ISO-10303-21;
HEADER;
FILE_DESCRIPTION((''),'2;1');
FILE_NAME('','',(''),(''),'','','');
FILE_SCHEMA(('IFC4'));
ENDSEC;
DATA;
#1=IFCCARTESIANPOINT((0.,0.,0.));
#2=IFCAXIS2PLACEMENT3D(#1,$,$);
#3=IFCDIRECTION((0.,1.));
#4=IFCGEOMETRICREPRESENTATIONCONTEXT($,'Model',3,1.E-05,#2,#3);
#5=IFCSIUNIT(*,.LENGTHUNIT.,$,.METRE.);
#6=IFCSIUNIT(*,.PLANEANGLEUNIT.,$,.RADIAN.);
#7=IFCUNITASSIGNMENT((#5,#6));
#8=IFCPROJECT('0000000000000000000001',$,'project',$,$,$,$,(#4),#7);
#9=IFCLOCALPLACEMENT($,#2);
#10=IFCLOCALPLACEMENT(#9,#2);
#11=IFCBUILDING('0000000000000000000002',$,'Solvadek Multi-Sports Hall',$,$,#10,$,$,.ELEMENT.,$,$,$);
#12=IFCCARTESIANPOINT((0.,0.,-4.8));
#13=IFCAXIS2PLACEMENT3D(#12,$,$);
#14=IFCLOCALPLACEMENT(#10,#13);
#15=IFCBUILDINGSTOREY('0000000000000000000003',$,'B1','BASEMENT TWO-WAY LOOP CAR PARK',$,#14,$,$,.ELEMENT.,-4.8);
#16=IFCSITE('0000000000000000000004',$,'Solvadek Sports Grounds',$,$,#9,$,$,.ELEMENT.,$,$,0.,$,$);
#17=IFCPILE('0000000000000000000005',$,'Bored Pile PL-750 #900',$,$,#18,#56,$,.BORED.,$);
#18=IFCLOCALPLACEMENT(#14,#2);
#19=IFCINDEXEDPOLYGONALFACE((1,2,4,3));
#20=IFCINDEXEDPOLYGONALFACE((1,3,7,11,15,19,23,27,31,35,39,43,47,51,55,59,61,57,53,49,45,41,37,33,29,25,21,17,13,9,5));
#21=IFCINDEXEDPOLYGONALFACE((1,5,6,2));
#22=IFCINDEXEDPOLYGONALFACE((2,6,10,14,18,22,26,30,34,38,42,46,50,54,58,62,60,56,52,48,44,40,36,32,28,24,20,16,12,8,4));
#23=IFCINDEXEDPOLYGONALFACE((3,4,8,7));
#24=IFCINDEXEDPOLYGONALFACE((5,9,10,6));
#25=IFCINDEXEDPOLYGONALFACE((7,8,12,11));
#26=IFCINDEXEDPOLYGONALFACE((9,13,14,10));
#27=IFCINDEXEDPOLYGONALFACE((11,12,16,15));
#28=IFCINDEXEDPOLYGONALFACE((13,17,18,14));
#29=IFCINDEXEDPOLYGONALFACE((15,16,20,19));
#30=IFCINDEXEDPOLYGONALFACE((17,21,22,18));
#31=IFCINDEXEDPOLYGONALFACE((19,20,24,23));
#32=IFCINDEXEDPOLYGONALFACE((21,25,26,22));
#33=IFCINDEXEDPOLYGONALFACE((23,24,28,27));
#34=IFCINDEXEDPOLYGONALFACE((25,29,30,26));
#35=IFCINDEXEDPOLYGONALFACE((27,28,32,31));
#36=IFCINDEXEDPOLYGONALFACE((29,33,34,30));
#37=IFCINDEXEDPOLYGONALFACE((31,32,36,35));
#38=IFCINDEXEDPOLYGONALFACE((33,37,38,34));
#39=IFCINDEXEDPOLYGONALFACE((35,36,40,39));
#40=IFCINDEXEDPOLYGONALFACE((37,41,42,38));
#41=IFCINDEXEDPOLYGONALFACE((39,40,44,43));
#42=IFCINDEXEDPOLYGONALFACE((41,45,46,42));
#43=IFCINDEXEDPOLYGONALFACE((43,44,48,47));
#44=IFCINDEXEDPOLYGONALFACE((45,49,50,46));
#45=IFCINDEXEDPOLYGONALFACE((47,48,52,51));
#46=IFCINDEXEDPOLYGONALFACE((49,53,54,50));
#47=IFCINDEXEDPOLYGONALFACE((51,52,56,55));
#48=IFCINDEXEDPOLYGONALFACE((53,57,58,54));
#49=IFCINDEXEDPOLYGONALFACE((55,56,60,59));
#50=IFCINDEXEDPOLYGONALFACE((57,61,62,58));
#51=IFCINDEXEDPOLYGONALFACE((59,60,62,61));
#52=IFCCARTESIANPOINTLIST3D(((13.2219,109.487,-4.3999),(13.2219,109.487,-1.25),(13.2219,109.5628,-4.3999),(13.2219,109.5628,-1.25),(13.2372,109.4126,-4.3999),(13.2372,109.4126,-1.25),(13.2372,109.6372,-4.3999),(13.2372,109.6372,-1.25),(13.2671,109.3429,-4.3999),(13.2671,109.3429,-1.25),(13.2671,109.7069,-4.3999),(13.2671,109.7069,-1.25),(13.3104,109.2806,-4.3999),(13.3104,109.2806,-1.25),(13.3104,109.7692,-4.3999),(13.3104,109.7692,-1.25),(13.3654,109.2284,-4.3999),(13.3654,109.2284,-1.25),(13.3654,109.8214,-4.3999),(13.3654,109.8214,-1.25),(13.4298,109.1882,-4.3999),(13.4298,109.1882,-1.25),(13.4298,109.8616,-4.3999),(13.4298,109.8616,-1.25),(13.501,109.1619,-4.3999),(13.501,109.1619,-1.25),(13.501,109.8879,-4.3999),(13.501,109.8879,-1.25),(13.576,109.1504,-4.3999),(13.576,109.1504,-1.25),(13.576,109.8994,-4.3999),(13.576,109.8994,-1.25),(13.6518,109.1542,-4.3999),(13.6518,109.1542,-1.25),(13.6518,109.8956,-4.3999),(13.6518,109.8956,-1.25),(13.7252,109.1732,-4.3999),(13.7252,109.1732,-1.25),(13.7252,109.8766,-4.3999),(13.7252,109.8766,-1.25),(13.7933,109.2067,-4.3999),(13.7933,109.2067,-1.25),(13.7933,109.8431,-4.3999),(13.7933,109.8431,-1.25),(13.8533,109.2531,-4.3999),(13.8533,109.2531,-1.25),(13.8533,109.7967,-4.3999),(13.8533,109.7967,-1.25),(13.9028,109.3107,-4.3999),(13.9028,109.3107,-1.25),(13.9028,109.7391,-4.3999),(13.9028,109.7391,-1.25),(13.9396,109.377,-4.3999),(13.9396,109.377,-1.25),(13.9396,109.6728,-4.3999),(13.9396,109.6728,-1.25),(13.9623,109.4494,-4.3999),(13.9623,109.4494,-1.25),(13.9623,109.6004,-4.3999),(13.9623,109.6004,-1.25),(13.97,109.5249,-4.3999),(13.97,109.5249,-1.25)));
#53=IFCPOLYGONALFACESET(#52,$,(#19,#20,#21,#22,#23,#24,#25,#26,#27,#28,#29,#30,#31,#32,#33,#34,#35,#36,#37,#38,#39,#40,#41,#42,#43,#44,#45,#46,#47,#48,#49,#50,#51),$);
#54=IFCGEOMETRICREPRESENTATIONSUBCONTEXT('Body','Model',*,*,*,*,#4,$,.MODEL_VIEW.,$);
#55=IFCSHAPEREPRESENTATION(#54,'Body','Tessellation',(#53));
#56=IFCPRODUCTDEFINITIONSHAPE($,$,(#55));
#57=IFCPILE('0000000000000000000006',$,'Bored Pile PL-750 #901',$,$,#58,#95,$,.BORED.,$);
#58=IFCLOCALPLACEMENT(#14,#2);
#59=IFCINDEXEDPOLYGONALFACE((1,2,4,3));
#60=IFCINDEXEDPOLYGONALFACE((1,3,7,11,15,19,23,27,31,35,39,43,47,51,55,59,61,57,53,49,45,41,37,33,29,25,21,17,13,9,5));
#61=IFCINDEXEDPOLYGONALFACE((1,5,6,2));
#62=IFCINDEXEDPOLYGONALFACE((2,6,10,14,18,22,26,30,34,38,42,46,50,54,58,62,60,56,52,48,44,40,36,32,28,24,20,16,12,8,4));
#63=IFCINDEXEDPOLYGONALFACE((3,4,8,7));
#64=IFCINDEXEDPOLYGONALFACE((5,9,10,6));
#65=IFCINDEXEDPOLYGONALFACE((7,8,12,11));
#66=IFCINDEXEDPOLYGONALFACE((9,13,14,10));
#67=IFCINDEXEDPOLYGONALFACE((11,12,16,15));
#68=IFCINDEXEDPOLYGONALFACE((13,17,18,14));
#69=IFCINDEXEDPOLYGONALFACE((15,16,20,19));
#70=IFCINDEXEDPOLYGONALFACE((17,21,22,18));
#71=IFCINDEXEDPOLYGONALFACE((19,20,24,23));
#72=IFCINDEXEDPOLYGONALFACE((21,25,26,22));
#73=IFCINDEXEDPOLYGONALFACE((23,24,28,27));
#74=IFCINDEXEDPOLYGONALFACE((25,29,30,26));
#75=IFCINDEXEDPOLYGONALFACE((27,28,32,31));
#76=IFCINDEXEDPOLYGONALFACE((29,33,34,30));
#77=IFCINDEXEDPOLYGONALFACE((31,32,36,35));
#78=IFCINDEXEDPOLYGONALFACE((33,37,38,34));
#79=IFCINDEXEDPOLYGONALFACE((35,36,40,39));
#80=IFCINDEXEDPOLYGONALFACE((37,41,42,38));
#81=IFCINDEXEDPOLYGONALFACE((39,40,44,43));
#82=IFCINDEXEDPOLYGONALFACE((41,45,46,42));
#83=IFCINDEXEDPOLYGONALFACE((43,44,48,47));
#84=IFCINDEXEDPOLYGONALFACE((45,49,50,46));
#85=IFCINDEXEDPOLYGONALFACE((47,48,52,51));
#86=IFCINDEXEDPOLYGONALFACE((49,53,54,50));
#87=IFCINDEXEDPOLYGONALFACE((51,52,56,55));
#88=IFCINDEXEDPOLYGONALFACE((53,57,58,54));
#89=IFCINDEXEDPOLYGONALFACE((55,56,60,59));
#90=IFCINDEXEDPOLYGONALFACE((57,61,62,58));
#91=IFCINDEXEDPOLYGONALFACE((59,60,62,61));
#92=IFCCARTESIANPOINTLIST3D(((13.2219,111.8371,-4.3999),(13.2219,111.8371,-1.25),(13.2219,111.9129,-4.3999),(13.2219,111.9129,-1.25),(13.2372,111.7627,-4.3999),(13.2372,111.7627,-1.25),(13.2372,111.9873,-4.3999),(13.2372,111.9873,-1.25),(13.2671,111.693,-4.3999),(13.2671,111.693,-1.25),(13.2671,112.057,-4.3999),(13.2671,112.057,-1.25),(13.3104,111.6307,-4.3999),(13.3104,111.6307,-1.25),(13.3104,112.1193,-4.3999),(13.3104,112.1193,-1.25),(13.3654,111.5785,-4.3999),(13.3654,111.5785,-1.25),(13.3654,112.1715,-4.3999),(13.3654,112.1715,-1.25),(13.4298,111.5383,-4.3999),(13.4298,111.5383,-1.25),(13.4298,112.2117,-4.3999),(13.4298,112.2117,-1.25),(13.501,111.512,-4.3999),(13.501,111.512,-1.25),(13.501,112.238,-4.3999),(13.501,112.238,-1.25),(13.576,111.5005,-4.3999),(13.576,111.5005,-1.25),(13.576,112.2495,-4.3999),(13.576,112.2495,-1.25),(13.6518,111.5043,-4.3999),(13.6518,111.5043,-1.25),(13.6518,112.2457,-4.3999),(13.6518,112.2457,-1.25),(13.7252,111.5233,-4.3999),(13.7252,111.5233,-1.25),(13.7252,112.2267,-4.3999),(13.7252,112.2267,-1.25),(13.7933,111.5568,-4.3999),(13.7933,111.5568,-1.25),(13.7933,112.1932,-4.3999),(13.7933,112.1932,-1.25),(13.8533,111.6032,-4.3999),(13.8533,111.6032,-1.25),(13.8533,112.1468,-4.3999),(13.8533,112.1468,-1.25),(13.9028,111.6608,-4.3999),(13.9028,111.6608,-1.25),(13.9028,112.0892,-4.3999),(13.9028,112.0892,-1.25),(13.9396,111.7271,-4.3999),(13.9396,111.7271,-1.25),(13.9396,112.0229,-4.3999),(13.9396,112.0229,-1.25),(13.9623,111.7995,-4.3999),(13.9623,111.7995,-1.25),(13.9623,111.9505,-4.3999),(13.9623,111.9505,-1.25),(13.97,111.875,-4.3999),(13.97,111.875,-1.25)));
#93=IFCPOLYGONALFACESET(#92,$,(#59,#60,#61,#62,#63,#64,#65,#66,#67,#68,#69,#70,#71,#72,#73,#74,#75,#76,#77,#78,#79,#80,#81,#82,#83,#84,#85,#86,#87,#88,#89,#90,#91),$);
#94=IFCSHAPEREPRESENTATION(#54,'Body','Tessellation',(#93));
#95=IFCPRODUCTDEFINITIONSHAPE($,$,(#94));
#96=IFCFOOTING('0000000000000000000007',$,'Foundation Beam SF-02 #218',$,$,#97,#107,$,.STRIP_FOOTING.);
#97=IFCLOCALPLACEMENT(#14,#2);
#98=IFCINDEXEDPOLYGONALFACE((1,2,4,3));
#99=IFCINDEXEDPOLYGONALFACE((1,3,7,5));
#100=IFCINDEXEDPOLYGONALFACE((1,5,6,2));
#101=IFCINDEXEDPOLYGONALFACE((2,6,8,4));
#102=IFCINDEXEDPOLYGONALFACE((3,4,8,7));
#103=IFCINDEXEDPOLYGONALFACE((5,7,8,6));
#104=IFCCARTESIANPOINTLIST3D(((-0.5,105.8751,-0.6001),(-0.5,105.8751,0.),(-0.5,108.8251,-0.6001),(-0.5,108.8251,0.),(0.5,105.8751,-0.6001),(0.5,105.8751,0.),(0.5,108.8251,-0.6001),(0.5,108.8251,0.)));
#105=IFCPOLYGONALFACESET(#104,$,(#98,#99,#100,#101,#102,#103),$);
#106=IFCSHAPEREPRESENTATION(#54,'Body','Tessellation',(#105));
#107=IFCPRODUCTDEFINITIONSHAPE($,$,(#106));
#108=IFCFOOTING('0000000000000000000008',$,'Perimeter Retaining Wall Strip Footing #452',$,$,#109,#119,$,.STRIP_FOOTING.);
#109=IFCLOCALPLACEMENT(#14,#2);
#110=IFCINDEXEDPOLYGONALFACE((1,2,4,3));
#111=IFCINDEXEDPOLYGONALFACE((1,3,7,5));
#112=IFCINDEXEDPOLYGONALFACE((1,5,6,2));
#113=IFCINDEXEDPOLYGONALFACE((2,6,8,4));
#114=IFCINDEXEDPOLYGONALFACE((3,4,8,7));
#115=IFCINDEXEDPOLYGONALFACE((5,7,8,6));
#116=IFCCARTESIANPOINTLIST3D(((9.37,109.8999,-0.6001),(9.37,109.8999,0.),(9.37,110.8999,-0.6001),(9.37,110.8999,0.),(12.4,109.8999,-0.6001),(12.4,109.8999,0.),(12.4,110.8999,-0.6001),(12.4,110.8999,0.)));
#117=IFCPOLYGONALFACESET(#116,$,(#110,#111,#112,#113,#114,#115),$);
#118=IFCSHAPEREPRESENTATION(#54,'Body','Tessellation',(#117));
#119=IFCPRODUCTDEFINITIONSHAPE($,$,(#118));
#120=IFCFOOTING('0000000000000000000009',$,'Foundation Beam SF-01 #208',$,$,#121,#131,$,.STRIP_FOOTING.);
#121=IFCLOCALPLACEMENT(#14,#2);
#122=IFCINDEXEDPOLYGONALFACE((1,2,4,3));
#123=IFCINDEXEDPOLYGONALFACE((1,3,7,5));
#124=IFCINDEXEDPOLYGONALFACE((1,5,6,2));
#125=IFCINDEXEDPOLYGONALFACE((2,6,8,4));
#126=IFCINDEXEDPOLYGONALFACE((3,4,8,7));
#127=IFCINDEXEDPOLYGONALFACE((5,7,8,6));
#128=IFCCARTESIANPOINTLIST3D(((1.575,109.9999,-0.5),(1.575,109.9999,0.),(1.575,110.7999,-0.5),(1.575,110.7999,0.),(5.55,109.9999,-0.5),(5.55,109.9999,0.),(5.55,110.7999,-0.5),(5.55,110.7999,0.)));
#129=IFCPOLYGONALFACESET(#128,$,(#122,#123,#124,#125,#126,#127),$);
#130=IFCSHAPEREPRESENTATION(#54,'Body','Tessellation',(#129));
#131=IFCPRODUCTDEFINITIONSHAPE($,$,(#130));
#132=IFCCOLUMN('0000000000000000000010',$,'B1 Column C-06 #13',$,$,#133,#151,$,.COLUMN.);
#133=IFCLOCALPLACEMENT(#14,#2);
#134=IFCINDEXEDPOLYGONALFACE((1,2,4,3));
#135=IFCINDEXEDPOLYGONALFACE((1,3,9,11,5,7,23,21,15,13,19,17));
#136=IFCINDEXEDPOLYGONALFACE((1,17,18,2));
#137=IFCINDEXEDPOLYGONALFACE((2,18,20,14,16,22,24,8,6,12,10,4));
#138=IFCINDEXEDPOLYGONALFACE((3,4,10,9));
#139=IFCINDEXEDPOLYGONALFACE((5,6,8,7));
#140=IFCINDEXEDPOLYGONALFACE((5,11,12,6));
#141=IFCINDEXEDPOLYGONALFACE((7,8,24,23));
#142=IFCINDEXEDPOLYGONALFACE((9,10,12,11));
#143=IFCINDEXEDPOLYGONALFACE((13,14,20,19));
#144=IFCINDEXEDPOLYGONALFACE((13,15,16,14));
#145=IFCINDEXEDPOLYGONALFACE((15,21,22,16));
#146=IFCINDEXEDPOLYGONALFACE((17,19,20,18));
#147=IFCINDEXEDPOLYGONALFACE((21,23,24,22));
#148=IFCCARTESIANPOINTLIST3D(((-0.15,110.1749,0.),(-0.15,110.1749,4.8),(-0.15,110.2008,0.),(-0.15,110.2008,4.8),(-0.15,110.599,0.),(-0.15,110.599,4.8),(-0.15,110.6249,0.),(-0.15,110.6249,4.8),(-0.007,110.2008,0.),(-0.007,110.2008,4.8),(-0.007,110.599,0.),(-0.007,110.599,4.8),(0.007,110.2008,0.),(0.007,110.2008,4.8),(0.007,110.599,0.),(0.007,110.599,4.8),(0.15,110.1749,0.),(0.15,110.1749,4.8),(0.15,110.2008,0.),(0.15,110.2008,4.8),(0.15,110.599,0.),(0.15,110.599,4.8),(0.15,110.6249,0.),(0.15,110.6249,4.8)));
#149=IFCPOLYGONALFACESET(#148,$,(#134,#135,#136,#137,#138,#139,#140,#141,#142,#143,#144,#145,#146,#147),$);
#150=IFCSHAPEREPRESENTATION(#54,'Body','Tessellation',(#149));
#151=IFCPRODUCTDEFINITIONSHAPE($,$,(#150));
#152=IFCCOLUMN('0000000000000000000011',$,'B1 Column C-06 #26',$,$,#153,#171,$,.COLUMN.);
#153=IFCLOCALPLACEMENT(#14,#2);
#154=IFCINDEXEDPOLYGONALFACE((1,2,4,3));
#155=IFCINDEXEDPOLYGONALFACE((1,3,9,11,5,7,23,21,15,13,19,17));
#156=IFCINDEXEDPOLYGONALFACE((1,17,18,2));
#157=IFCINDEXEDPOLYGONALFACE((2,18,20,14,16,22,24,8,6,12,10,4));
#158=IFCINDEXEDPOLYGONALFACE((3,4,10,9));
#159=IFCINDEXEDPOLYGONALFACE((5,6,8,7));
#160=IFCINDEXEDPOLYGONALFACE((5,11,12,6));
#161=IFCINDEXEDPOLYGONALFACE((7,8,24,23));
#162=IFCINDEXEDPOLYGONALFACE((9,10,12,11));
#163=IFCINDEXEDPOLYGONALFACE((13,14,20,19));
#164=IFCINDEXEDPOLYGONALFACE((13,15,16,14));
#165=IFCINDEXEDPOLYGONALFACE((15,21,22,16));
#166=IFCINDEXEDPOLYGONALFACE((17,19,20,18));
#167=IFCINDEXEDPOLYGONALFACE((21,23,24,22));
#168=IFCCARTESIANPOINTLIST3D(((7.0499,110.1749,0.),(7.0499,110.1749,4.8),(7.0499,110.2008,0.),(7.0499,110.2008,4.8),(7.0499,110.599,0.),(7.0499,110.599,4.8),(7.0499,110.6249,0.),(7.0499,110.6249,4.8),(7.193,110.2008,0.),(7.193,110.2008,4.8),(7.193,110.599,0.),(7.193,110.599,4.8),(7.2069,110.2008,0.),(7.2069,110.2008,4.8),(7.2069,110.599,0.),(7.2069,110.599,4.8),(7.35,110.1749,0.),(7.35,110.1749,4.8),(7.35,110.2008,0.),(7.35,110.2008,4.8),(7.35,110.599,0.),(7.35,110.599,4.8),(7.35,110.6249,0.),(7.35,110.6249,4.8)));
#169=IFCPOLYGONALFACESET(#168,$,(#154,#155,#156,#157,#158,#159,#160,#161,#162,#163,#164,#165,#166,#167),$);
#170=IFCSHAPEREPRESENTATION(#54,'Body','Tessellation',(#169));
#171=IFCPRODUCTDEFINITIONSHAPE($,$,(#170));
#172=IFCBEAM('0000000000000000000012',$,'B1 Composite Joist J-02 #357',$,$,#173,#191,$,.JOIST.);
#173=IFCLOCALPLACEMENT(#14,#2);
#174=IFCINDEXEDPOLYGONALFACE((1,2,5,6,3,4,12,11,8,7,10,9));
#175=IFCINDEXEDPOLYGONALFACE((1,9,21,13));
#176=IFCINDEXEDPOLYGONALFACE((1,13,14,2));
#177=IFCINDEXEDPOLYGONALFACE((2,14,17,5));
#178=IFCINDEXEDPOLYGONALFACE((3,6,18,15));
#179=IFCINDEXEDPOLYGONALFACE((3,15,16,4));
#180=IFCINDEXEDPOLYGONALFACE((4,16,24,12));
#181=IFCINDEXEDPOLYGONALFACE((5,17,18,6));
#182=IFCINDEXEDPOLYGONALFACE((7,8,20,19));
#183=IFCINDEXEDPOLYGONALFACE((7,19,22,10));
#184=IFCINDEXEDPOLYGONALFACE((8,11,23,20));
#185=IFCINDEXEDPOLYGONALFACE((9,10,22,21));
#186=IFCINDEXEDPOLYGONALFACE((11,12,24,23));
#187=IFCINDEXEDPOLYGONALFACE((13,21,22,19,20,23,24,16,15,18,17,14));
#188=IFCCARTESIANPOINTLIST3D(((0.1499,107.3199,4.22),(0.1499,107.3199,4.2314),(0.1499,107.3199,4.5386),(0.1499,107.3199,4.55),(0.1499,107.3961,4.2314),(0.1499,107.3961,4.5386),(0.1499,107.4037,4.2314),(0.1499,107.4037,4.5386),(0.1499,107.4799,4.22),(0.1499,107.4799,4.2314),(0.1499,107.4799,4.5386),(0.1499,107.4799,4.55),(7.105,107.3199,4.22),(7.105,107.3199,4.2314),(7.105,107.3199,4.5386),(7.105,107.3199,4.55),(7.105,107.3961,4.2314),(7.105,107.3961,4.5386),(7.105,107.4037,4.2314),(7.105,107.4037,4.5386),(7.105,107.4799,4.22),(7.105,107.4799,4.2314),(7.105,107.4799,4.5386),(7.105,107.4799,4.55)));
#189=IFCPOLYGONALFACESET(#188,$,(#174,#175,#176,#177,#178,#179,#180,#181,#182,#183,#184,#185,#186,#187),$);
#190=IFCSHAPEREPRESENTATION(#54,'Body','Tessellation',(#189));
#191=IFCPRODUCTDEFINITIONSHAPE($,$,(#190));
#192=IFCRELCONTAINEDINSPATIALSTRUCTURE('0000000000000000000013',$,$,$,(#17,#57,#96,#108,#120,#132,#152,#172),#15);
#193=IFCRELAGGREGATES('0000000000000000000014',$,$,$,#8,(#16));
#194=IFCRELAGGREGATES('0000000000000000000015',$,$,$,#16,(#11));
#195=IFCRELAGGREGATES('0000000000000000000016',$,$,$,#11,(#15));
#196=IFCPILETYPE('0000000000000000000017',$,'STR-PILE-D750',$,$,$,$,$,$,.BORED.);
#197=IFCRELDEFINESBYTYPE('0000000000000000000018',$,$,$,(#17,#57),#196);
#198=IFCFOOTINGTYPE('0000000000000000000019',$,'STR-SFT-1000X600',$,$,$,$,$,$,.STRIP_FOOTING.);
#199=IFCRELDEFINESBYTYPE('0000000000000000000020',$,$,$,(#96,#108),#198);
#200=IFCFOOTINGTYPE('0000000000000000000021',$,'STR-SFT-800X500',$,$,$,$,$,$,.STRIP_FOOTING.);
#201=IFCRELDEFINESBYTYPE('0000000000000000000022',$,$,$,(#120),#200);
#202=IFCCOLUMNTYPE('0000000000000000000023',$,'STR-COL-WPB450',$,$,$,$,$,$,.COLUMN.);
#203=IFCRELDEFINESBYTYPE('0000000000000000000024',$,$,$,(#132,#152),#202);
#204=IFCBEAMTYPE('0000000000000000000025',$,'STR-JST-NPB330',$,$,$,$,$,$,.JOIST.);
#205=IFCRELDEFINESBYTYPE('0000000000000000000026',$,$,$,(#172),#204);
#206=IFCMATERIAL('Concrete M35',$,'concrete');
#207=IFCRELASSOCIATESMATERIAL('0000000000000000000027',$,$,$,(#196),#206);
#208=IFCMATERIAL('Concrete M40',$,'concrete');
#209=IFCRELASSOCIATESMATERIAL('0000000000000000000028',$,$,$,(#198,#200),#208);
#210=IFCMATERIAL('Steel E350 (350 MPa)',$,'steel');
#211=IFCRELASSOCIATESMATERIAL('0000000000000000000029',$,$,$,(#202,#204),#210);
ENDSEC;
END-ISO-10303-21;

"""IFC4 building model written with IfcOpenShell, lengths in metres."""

from ifc_helpers import new_model, si_unit, direction, frame, origin, origin_2d, place, context, subcontext, project, spatial, rectangle, circle, i_section, extrude, material, material_profile, profile_set, type_object, element, save


model = new_model("IFC4")

# Units and contexts
model_context = context("Model", 3, precision=1e-05, world=origin(), true_north=direction((0.0, 1.0)))
body_context = subcontext(model_context, "Body", "Model", "MODEL_VIEW")
ifc_project = project(units=[si_unit("LENGTHUNIT", "METRE"), si_unit("PLANEANGLEUNIT", "RADIAN")], contexts=[model_context])

# Site, building, storey
site_placement = place(None, origin())
site = spatial("IfcSite", under=ifc_project, at=site_placement, Name="Solvadek Sports Grounds", CompositionType="ELEMENT", RefElevation=0.0)
building_placement = place(site_placement, origin())
building = spatial("IfcBuilding", under=site, at=building_placement, Name="Solvadek Multi-Sports Hall", CompositionType="ELEMENT")
storey_placement = place(building_placement, frame((0.0, 0.0, -4.8)))
storey = spatial("IfcBuildingStorey", under=building, at=storey_placement, Name="B1", Description="BASEMENT TWO-WAY LOOP CAR PARK", CompositionType="ELEMENT", Elevation=-4.8)

# Shared definitions
ifc_material_1 = material(Name="Concrete M40", Category="concrete")

# Piles
ifc_material_2 = material(Name="Concrete M35", Category="concrete")
ifc_material_profile_1 = material_profile(ifc_material_2, circle(Radius=0.375, at=origin_2d()), Name="BORED PILE D750")
ifc_profile_set_1 = profile_set([ifc_material_profile_1], Name="Concrete M35")
pile_type = type_object("IfcPileType", Name="STR-PILE-D750", PredefinedType="BORED", material=ifc_profile_set_1)
for number, where, z_axis, x_axis, name in (
    (1, (13.595, 109.5249, -1.25), (0.0, 0.0, -1.0), (1.0, 0.0, 0.0), "Bored Pile PL-750 #900"),
    (2, (13.595, 111.875, -1.25), (0.0, 0.0, -1.0), (1.0, 0.0, 0.0), "Bored Pile PL-750 #901"),
):
    element("IfcPile", number, at=place(storey_placement, frame(where, z_axis=z_axis, x_axis=x_axis)), inside=storey, type_object=pile_type, Name=name, PredefinedType="BORED", context=body_context, shape_type="SweptSolid", body=[
        extrude(circle(Radius=0.375, at=origin_2d()), origin(), (0.0, 0.0, 1.0), 3.1499),
    ])

# Footings
footing_type_1 = type_object("IfcFootingType", Name="STR-SFT-1000X600", PredefinedType="STRIP_FOOTING", material=ifc_material_1)
footing_1_placement = place(storey_placement, frame((0.0, 107.3501, -0.6001), z_axis=(0.0, 0.0, 1.0), x_axis=(0.0, 1.0, 0.0)))
element("IfcFooting", 3, at=footing_1_placement, inside=storey, type_object=footing_type_1, Name="Foundation Beam SF-02 #218", PredefinedType="STRIP_FOOTING", context=body_context, shape_type="SweptSolid", body=[
    extrude(rectangle(XDim=2.95, YDim=1.0, at=origin_2d()), origin(), (0.0, 0.0, 1.0), 0.6001),
])
footing_2_placement = place(storey_placement, frame((10.885, 110.3999, -0.6001), z_axis=(0.0, 0.0, 1.0), x_axis=(-1.0, 0.0, 0.0)))
element("IfcFooting", 4, at=footing_2_placement, inside=storey, type_object=footing_type_1, Name="Perimeter Retaining Wall Strip Footing #452", PredefinedType="STRIP_FOOTING", context=body_context, shape_type="SweptSolid", body=[
    extrude(rectangle(XDim=3.03, YDim=1.0, at=origin_2d()), origin(), (0.0, 0.0, 1.0), 0.6001),
])
footing_type_2 = type_object("IfcFootingType", Name="STR-SFT-800X500", PredefinedType="STRIP_FOOTING", material=ifc_material_1)
footing_3_placement = place(storey_placement, frame((3.5625, 110.3999, -0.5), z_axis=(0.0, 0.0, 1.0), x_axis=(1.0, 0.0, 0.0)))
element("IfcFooting", 5, at=footing_3_placement, inside=storey, type_object=footing_type_2, Name="Foundation Beam SF-01 #208", PredefinedType="STRIP_FOOTING", context=body_context, shape_type="SweptSolid", body=[
    extrude(rectangle(XDim=3.9751, YDim=0.8, at=origin_2d()), origin(), (0.0, 0.0, 1.0), 0.5),
])

# Columns
ifc_material_3 = material(Name="Steel E350 (350 MPa)", Category="steel")
ifc_material_profile_2 = material_profile(ifc_material_3, i_section(OverallWidth=0.3, OverallDepth=0.45, WebThickness=0.0139, FlangeThickness=0.0259, at=origin_2d()), Name="WPB 450")
ifc_profile_set_2 = profile_set([ifc_material_profile_2], Name="Steel E350 (350 MPa)")
column_type = type_object("IfcColumnType", Name="STR-COL-WPB450", PredefinedType="COLUMN", material=ifc_profile_set_2)
for number, where, z_axis, x_axis, name in (
    (6, (0.0, 110.3999, 0.0), (0.0, 0.0, 1.0), (1.0, 0.0, 0.0), "B1 Column C-06 #13"),
    (7, (7.2, 110.3999, 0.0), (0.0, 0.0, 1.0), (1.0, 0.0, 0.0), "B1 Column C-06 #26"),
):
    element("IfcColumn", number, at=place(storey_placement, frame(where, z_axis=z_axis, x_axis=x_axis)), inside=storey, type_object=column_type, Name=name, PredefinedType="COLUMN", context=body_context, shape_type="SweptSolid", body=[
        extrude(i_section(OverallWidth=0.3, OverallDepth=0.45, WebThickness=0.0139, FlangeThickness=0.0259, at=origin_2d()), origin(), (0.0, 0.0, 1.0), 4.8),
    ])

# Beam
ifc_material_profile_3 = material_profile(ifc_material_3, i_section(OverallWidth=0.1599, OverallDepth=0.3301, WebThickness=0.0076, FlangeThickness=0.0115, at=origin_2d()), Name="NPB 330")
ifc_profile_set_3 = profile_set([ifc_material_profile_3], Name="Steel E350 (350 MPa)")
beam_type_1 = type_object("IfcBeamType", Name="STR-JST-NPB330", PredefinedType="JOIST", material=ifc_profile_set_3)
beam_1_placement = place(storey_placement, frame((0.1499, 107.3999, 4.385), z_axis=(1.0, 0.0, 0.0), x_axis=(0.0, 1.0, 0.0)))
element("IfcBeam", 8, at=beam_1_placement, inside=storey, type_object=beam_type_1, Name="B1 Composite Joist J-02 #357", PredefinedType="JOIST", context=body_context, shape_type="SweptSolid", body=[
    extrude(i_section(OverallWidth=0.1599, OverallDepth=0.3301, WebThickness=0.0076, FlangeThickness=0.0115, at=origin_2d()), origin(), (0.0, 0.0, 1.0), 6.9551),
])

save(model, "model.ifc")
